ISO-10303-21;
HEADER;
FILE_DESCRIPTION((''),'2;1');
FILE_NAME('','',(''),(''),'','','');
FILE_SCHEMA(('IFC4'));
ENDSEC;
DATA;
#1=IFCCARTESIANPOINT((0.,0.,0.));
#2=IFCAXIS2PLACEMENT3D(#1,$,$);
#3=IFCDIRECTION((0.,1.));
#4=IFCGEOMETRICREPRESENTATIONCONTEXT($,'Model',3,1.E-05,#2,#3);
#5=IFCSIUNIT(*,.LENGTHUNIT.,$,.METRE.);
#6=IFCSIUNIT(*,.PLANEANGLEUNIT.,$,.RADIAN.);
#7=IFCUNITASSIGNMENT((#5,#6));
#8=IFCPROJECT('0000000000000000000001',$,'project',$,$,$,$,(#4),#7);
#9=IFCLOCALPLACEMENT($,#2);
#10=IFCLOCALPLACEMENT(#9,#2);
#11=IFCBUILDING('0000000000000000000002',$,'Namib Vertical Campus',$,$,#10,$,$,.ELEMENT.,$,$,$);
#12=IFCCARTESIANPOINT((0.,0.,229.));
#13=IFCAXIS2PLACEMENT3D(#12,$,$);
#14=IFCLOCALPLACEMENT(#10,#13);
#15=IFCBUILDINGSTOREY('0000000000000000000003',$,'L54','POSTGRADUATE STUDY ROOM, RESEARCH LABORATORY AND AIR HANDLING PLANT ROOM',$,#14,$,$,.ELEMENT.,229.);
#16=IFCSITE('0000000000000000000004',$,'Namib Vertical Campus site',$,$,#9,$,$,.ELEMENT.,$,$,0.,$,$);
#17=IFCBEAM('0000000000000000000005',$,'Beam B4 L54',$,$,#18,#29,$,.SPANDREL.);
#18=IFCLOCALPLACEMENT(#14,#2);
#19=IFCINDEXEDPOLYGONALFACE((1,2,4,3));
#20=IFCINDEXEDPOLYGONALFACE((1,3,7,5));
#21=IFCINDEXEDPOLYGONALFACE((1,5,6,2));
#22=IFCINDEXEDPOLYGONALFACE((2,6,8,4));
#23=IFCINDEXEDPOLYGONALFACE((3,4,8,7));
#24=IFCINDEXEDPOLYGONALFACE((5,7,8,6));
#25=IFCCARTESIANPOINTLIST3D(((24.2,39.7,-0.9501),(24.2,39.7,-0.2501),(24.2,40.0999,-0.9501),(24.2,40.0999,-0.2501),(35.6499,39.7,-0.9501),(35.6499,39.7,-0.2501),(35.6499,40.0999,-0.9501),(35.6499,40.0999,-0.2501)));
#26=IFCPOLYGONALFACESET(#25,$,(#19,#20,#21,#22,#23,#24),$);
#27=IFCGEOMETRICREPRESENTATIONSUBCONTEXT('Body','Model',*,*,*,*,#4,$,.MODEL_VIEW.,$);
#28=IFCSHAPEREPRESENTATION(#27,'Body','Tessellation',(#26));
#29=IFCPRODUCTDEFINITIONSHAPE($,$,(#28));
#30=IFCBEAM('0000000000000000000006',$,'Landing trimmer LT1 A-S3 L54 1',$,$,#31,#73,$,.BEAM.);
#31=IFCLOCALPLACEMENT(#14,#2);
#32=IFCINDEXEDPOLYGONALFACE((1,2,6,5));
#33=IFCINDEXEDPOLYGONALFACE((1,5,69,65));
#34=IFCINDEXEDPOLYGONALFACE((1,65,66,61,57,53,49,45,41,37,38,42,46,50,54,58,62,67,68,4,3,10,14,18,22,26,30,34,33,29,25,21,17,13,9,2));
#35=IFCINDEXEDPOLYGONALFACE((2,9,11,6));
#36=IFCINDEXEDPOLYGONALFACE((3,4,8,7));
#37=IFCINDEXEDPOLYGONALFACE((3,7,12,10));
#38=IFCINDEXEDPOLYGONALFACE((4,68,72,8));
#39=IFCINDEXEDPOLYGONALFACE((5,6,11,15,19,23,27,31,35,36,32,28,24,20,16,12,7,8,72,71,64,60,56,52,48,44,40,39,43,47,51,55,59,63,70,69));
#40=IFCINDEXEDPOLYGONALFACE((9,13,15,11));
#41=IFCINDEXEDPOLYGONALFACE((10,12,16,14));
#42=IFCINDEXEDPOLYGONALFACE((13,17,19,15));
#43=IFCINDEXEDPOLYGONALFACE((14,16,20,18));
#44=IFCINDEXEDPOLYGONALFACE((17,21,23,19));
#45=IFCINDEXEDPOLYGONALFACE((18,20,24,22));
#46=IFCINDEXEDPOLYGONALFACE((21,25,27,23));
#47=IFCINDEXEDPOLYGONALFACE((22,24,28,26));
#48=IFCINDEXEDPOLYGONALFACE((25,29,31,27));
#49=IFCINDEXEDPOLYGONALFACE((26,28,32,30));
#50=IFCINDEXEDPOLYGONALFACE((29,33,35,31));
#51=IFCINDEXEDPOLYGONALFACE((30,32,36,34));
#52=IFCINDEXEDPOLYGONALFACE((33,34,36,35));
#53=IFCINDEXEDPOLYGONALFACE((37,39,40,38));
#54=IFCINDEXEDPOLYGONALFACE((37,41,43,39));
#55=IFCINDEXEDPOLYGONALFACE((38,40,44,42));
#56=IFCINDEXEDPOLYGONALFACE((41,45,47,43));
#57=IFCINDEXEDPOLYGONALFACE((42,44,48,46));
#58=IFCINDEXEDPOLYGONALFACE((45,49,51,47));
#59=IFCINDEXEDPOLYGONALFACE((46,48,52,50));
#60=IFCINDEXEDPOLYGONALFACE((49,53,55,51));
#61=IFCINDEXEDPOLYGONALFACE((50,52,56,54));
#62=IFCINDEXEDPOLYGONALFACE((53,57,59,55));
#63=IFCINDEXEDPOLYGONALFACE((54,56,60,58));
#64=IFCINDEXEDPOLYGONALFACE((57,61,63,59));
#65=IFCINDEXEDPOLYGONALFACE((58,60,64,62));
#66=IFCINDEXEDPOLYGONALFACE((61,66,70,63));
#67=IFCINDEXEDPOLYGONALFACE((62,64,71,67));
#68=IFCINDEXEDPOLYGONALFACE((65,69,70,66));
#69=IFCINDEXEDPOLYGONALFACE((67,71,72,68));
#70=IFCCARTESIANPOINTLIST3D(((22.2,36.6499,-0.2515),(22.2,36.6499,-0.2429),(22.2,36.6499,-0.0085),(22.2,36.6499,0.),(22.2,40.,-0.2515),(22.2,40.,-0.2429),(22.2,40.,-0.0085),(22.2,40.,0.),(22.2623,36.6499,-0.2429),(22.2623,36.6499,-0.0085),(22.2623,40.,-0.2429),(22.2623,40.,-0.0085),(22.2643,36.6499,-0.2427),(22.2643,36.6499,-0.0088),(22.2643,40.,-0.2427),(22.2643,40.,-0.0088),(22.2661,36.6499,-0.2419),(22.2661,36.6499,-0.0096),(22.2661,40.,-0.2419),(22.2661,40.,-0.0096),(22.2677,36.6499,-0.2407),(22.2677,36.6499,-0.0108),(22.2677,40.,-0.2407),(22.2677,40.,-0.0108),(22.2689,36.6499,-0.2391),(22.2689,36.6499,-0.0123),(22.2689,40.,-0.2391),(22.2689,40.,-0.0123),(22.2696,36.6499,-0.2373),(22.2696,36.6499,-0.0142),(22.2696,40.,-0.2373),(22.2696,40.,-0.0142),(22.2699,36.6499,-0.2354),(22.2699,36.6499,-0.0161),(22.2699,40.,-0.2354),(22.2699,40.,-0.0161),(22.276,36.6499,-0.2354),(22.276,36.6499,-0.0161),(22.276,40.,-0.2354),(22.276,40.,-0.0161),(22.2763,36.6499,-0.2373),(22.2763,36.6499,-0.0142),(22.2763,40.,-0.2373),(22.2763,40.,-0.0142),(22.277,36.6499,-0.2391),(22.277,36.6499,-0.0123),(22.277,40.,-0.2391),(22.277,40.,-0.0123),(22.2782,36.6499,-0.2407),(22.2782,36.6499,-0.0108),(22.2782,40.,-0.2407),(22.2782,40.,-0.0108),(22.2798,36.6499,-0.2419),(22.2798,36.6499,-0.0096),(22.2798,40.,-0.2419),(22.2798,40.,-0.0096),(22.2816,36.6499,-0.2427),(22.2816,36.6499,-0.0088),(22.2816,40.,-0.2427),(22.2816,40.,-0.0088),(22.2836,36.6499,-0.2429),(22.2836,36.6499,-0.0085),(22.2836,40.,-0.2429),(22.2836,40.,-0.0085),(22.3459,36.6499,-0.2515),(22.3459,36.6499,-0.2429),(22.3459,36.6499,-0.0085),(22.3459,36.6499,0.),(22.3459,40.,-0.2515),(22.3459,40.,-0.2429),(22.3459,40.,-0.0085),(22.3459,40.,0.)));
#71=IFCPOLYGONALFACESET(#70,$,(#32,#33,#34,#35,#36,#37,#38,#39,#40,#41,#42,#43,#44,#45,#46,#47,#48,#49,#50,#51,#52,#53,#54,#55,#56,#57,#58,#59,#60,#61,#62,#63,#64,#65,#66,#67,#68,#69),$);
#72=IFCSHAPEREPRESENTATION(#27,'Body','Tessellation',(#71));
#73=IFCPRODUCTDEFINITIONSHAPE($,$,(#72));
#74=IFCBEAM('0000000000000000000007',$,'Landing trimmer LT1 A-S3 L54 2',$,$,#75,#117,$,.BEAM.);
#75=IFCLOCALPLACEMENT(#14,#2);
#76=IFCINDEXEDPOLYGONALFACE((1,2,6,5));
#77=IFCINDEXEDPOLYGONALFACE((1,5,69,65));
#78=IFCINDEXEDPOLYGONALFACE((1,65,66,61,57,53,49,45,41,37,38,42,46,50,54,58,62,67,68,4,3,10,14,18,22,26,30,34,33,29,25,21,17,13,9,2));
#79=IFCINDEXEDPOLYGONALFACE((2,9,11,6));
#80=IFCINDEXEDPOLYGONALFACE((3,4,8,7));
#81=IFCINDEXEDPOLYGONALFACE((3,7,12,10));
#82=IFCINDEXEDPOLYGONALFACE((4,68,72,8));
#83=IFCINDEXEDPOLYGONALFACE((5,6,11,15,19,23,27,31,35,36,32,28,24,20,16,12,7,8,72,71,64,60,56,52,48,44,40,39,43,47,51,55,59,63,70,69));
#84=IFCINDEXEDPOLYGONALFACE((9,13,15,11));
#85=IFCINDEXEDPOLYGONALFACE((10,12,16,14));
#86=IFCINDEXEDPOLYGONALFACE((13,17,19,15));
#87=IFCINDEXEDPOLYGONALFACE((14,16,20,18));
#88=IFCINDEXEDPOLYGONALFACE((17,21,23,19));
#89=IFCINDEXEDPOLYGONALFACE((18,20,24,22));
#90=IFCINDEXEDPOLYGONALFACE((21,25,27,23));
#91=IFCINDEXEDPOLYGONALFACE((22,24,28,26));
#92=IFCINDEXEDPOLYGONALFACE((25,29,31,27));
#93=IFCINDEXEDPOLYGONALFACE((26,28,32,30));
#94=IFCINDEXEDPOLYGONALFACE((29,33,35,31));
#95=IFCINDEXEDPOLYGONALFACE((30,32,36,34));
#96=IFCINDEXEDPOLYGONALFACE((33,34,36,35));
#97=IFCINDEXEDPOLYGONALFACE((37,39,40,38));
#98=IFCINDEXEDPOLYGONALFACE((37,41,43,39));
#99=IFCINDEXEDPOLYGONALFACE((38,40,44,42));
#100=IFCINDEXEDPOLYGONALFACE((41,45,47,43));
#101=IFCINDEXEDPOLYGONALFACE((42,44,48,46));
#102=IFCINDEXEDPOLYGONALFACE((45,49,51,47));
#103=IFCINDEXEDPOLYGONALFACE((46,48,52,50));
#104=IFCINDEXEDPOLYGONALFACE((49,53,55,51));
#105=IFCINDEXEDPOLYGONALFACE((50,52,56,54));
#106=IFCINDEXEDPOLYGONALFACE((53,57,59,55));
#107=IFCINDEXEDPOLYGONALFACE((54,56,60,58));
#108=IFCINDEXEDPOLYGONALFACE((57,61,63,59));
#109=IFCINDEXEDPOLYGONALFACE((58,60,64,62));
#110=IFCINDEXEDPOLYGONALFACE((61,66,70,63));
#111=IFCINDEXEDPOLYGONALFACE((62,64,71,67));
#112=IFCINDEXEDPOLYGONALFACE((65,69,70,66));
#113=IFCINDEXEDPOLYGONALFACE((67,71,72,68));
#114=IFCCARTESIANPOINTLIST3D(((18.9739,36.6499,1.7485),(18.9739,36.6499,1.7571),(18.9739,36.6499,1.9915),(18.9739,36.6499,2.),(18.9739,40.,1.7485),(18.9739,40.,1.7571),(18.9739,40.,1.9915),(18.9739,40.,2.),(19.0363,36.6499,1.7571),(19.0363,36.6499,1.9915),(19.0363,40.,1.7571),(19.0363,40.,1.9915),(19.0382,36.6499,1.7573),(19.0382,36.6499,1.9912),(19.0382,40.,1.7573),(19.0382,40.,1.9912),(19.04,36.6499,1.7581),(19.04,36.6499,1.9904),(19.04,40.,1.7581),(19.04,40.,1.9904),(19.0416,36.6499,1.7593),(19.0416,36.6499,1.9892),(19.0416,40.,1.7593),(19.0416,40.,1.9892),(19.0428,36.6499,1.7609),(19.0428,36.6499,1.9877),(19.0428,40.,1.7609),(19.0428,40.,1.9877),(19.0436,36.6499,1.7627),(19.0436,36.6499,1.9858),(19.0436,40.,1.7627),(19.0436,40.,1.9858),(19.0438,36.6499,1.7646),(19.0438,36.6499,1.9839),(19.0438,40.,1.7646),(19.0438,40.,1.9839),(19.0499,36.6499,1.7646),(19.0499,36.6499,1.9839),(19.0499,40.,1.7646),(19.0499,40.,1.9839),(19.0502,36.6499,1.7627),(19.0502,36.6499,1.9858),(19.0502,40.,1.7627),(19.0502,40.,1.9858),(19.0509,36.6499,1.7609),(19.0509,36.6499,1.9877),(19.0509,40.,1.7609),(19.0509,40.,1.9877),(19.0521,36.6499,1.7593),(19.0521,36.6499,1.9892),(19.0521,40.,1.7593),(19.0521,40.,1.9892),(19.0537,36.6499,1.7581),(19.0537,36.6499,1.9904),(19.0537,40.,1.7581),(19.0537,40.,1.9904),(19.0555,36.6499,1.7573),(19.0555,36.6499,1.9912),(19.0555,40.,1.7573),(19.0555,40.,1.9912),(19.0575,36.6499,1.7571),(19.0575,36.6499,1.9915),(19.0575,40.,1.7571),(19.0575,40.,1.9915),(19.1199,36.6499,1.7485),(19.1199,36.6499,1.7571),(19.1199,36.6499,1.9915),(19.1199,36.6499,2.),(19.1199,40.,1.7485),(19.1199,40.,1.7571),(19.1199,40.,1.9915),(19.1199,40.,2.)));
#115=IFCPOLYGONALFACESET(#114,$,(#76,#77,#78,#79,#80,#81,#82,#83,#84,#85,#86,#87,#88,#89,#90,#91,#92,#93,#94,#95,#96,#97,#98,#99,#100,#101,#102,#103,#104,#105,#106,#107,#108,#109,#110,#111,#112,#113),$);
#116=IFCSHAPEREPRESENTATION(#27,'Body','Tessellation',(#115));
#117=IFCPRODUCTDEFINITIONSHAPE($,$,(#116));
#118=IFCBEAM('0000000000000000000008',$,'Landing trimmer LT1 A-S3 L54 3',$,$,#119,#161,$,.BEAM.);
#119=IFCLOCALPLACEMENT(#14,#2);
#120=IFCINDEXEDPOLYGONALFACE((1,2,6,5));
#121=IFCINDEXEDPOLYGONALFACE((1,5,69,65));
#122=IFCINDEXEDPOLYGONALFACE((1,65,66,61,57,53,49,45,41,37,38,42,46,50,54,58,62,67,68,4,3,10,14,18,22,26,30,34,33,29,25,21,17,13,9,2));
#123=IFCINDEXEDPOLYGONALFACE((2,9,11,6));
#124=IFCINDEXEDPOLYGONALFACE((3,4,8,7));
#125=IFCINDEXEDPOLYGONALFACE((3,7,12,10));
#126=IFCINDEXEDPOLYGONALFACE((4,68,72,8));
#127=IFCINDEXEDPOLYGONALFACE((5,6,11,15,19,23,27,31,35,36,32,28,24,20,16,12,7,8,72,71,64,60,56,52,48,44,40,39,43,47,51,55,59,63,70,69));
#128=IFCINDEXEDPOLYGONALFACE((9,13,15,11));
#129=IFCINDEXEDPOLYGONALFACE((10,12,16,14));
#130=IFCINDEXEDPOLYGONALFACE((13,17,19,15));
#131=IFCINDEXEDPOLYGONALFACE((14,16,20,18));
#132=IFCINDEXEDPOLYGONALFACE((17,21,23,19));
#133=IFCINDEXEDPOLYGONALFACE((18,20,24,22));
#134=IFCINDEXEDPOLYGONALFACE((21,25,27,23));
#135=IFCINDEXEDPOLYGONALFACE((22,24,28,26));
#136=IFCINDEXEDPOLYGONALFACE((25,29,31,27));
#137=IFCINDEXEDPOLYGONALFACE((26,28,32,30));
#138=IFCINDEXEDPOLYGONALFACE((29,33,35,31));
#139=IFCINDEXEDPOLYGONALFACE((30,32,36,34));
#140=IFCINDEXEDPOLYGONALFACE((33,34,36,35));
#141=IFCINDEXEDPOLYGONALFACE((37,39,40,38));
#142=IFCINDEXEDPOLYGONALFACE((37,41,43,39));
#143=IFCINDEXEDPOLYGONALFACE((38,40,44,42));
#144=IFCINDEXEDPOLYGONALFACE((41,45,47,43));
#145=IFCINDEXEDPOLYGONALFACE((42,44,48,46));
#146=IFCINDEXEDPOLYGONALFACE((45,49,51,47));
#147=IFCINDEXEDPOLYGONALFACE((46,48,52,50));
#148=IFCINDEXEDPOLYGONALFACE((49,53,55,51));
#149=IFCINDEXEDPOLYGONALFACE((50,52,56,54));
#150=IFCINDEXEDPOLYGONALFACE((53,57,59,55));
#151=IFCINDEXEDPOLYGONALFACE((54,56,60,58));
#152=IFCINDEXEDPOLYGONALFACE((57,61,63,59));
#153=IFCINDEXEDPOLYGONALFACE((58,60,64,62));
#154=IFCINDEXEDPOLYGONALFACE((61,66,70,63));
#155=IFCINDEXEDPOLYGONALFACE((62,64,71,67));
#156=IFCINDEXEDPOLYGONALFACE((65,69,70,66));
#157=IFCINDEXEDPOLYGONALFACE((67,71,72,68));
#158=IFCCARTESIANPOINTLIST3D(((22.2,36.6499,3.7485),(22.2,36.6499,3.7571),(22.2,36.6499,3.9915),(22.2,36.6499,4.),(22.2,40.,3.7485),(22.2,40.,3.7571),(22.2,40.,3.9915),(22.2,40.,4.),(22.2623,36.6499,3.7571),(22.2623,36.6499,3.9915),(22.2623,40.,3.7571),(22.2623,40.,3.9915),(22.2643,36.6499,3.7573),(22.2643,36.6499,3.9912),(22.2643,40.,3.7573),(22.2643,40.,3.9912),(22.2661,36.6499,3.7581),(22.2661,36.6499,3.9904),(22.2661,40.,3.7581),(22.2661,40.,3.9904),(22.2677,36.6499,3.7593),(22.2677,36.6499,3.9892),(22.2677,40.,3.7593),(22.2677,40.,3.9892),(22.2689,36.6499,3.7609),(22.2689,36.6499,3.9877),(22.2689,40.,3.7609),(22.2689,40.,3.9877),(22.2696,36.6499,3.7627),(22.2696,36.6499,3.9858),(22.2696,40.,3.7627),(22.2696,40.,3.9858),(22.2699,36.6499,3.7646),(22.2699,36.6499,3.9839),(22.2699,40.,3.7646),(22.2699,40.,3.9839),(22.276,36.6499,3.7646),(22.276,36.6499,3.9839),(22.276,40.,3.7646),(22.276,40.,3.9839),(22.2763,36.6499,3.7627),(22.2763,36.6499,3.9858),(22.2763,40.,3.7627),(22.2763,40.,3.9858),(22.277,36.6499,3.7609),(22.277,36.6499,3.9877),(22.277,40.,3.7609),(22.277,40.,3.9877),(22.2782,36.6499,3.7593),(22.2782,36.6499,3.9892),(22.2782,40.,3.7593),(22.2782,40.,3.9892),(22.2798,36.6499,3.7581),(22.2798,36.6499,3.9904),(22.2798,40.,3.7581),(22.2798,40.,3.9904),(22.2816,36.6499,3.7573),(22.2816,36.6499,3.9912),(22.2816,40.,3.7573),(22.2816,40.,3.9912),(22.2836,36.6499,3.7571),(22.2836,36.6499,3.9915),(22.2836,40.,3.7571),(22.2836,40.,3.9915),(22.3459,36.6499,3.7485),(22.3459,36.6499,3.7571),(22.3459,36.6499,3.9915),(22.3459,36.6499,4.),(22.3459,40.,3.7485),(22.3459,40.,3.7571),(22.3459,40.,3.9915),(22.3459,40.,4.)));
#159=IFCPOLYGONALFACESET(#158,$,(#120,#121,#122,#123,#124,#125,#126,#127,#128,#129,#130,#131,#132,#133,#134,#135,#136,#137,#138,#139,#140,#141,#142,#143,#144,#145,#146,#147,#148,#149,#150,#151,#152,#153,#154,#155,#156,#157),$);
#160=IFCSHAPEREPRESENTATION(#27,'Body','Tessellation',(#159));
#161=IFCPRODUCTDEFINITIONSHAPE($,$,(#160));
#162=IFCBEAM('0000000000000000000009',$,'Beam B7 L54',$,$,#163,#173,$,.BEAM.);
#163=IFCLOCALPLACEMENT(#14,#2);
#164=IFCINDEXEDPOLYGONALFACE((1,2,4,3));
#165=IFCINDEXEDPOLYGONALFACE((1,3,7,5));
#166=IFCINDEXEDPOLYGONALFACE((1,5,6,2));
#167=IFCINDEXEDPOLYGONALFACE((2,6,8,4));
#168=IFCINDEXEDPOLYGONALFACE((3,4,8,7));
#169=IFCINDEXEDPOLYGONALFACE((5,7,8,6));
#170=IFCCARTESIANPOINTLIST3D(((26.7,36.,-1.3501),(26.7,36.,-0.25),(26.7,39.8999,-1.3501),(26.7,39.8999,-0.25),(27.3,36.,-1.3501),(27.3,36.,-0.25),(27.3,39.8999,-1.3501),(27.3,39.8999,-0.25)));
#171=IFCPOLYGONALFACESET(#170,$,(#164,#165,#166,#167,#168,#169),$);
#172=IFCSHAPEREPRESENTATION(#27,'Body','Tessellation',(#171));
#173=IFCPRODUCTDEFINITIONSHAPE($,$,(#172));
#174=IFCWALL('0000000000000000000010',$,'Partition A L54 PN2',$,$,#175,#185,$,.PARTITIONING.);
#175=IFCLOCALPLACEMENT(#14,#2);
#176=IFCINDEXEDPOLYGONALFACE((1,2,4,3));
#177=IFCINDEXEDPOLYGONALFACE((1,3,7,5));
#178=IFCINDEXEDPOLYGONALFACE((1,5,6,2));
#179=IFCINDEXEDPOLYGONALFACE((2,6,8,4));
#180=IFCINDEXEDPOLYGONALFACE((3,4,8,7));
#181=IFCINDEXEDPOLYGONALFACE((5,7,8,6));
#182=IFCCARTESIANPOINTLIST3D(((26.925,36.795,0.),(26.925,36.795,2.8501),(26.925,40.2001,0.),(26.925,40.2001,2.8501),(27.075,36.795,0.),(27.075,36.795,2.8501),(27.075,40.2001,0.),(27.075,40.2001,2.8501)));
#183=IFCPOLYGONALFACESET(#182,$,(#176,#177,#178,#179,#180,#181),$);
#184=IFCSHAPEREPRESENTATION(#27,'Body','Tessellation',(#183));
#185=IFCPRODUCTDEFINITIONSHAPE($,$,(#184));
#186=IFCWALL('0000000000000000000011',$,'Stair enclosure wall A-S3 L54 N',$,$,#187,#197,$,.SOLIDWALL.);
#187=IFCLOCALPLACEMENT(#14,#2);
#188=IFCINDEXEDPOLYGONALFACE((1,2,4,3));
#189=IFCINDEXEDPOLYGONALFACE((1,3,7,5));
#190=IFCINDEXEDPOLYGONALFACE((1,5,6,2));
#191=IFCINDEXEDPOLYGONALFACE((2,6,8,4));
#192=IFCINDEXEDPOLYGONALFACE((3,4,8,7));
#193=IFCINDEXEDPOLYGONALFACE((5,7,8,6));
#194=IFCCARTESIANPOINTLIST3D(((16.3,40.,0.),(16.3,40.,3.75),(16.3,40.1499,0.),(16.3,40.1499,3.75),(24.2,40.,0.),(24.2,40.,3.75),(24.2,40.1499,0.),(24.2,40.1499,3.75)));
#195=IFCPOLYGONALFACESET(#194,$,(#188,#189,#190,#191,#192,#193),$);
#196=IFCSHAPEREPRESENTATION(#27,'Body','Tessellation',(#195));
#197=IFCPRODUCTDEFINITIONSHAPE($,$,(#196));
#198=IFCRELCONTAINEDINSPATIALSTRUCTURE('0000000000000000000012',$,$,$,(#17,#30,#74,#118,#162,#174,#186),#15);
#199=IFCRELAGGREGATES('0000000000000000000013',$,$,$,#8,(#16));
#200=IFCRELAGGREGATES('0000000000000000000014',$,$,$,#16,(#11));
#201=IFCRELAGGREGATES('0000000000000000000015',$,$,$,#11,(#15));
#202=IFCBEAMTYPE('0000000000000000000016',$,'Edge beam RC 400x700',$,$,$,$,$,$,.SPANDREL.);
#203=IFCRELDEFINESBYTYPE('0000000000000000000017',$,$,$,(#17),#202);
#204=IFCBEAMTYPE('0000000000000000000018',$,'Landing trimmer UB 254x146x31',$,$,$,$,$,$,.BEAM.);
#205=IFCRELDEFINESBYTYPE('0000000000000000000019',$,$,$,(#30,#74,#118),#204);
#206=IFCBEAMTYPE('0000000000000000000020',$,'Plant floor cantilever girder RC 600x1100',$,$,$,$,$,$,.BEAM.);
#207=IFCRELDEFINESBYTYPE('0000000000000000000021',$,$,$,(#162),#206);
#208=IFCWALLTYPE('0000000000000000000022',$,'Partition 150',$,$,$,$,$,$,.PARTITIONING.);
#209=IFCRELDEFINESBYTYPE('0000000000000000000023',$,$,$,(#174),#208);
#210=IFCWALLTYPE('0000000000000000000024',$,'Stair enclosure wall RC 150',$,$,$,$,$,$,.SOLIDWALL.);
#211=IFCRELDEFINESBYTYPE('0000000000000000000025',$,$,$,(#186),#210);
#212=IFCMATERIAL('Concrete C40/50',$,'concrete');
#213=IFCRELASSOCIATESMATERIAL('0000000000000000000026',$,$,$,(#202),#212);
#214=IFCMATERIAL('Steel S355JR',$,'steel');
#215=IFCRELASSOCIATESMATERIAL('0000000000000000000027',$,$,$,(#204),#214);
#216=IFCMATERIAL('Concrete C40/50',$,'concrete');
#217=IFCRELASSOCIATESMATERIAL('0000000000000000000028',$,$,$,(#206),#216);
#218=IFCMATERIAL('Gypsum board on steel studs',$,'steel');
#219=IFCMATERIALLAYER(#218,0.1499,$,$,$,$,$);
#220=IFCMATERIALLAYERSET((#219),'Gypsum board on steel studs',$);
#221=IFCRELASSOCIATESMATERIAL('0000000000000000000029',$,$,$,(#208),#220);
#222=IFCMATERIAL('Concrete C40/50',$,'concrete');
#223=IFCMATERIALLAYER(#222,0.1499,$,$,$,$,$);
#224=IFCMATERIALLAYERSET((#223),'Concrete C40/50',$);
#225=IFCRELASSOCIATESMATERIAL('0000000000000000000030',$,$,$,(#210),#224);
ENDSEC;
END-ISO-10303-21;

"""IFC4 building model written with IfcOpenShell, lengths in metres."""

from ifc_helpers import new_model, si_unit, direction, frame, frame_2d, origin, origin_2d, place, context, subcontext, project, spatial, rectangle, i_section, extrude, material, layer, layer_set, material_profile, profile_set, type_object, element, save


model = new_model("IFC4")

# Units and contexts
model_context = context("Model", 3, precision=1e-05, world=origin(), true_north=direction((0.0, 1.0)))
body_context = subcontext(model_context, "Body", "Model", "MODEL_VIEW")
ifc_project = project(units=[si_unit("LENGTHUNIT", "METRE"), si_unit("PLANEANGLEUNIT", "RADIAN")], contexts=[model_context])

# Site, building, storey
site_placement = place(None, origin())
site = spatial("IfcSite", under=ifc_project, at=site_placement, Name="Namib Vertical Campus site", CompositionType="ELEMENT", RefElevation=0.0)
building_placement = place(site_placement, origin())
building = spatial("IfcBuilding", under=site, at=building_placement, Name="Namib Vertical Campus", CompositionType="ELEMENT")
storey_placement = place(building_placement, frame((0.0, 0.0, 229.0)))
storey = spatial("IfcBuildingStorey", under=building, at=storey_placement, Name="L54", Description="POSTGRADUATE STUDY ROOM, RESEARCH LABORATORY AND AIR HANDLING PLANT ROOM", CompositionType="ELEMENT", Elevation=229.0)

# Beams
ifc_material_1 = material(Name="Concrete C40/50", Category="concrete")
ifc_material_profile_1 = material_profile(ifc_material_1, rectangle(XDim=0.3999, YDim=0.7, at=origin_2d()))
ifc_profile_set_1 = profile_set([ifc_material_profile_1], Name="Concrete C40/50")
beam_type_1 = type_object("IfcBeamType", Name="Edge beam RC 400x700", PredefinedType="SPANDREL", material=ifc_profile_set_1)
beam_1_placement = place(storey_placement, frame((24.2, 39.8999, -0.6001), z_axis=(1.0, 0.0, 0.0), x_axis=(0.0, 1.0, 0.0)))
element("IfcBeam", 1, at=beam_1_placement, inside=storey, type_object=beam_type_1, Name="Beam B4 L54", PredefinedType="SPANDREL", context=body_context, shape_type="SweptSolid", body=[
    extrude(rectangle(XDim=0.3999, YDim=0.7, at=origin_2d()), origin(), (0.0, 0.0, 1.0), 11.45),
])
ifc_material_2 = material(Name="Steel S355JR", Category="steel")
ifc_material_profile_2 = material_profile(ifc_material_2, i_section(OverallWidth=0.146, OverallDepth=0.2515, WebThickness=0.0061, FlangeThickness=0.0085, FilletRadius=0.0076, at=origin_2d()))
ifc_profile_set_2 = profile_set([ifc_material_profile_2], Name="Steel S355JR")
beam_type_2 = type_object("IfcBeamType", Name="Landing trimmer UB 254x146x31", PredefinedType="BEAM", material=ifc_profile_set_2)
for number, where, z_axis, x_axis, name in (
    (2, (22.2729, 36.6499, -0.1257), (0.0, 1.0, 0.0), (-1.0, 0.0, 0.0), "Landing trimmer LT1 A-S3 L54 1"),
    (3, (19.0469, 36.6499, 1.8743), (0.0, 1.0, 0.0), (-1.0, 0.0, 0.0), "Landing trimmer LT1 A-S3 L54 2"),
    (4, (22.2729, 36.6499, 3.8743), (0.0, 1.0, 0.0), (-1.0, 0.0, 0.0), "Landing trimmer LT1 A-S3 L54 3"),
):
    element("IfcBeam", number, at=place(storey_placement, frame(where, z_axis=z_axis, x_axis=x_axis)), inside=storey, type_object=beam_type_2, Name=name, PredefinedType="BEAM", context=body_context, shape_type="SweptSolid", body=[
        extrude(i_section(OverallWidth=0.146, OverallDepth=0.2515, WebThickness=0.0061, FlangeThickness=0.0085, FilletRadius=0.0076, at=origin_2d()), origin(), (0.0, 0.0, 1.0), 3.3501),
    ])
ifc_material_3 = material(Name="Concrete C40/50", Category="concrete")
ifc_material_profile_3 = material_profile(ifc_material_3, rectangle(XDim=0.6001, YDim=1.1001, at=origin_2d()))
ifc_profile_set_3 = profile_set([ifc_material_profile_3], Name="Concrete C40/50")
beam_type_3 = type_object("IfcBeamType", Name="Plant floor cantilever girder RC 600x1100", PredefinedType="BEAM", material=ifc_profile_set_3)
beam_2_placement = place(storey_placement, frame((27.0, 36.0, -0.8), z_axis=(0.0, 1.0, 0.0), x_axis=(-1.0, 0.0, 0.0)))
element("IfcBeam", 5, at=beam_2_placement, inside=storey, type_object=beam_type_3, Name="Beam B7 L54", PredefinedType="BEAM", context=body_context, shape_type="SweptSolid", body=[
    extrude(rectangle(XDim=0.6001, YDim=1.1001, at=origin_2d()), origin(), (0.0, 0.0, 1.0), 3.8999),
])

# Walls
ifc_material_4 = material(Name="Gypsum board on steel studs", Category="steel")
ifc_layer_1 = layer(ifc_material_4, 0.1499)
ifc_layer_set_1 = layer_set([ifc_layer_1], Name="Gypsum board on steel studs")
wall_type_1 = type_object("IfcWallType", Name="Partition 150", PredefinedType="PARTITIONING", material=ifc_layer_set_1)
wall_1_placement = place(storey_placement, frame((27.0, 36.7949, 0.0), z_axis=(0.0, 0.0, 1.0), x_axis=(0.0, 1.0, 0.0)))
element("IfcWall", 6, at=wall_1_placement, inside=storey, type_object=wall_type_1, Name="Partition A L54 PN2", PredefinedType="PARTITIONING", context=body_context, shape_type="SweptSolid", body=[
    extrude(rectangle(XDim=3.405, YDim=0.1499, at=frame_2d((1.7026, 0.0))), origin(), (0.0, 0.0, 1.0), 2.8501),
])
ifc_material_5 = material(Name="Concrete C40/50", Category="concrete")
ifc_layer_2 = layer(ifc_material_5, 0.1499)
ifc_layer_set_2 = layer_set([ifc_layer_2], Name="Concrete C40/50")
wall_type_2 = type_object("IfcWallType", Name="Stair enclosure wall RC 150", PredefinedType="SOLIDWALL", material=ifc_layer_set_2)
wall_2_placement = place(storey_placement, frame((16.3, 40.075, 0.0), z_axis=(0.0, 0.0, 1.0), x_axis=(1.0, 0.0, 0.0)))
element("IfcWall", 7, at=wall_2_placement, inside=storey, type_object=wall_type_2, Name="Stair enclosure wall A-S3 L54 N", PredefinedType="SOLIDWALL", context=body_context, shape_type="SweptSolid", body=[
    extrude(rectangle(XDim=7.8999, YDim=0.1499, at=frame_2d((3.95, 0.0))), origin(), (0.0, 0.0, 1.0), 3.75),
])

save(model, "model.ifc")
